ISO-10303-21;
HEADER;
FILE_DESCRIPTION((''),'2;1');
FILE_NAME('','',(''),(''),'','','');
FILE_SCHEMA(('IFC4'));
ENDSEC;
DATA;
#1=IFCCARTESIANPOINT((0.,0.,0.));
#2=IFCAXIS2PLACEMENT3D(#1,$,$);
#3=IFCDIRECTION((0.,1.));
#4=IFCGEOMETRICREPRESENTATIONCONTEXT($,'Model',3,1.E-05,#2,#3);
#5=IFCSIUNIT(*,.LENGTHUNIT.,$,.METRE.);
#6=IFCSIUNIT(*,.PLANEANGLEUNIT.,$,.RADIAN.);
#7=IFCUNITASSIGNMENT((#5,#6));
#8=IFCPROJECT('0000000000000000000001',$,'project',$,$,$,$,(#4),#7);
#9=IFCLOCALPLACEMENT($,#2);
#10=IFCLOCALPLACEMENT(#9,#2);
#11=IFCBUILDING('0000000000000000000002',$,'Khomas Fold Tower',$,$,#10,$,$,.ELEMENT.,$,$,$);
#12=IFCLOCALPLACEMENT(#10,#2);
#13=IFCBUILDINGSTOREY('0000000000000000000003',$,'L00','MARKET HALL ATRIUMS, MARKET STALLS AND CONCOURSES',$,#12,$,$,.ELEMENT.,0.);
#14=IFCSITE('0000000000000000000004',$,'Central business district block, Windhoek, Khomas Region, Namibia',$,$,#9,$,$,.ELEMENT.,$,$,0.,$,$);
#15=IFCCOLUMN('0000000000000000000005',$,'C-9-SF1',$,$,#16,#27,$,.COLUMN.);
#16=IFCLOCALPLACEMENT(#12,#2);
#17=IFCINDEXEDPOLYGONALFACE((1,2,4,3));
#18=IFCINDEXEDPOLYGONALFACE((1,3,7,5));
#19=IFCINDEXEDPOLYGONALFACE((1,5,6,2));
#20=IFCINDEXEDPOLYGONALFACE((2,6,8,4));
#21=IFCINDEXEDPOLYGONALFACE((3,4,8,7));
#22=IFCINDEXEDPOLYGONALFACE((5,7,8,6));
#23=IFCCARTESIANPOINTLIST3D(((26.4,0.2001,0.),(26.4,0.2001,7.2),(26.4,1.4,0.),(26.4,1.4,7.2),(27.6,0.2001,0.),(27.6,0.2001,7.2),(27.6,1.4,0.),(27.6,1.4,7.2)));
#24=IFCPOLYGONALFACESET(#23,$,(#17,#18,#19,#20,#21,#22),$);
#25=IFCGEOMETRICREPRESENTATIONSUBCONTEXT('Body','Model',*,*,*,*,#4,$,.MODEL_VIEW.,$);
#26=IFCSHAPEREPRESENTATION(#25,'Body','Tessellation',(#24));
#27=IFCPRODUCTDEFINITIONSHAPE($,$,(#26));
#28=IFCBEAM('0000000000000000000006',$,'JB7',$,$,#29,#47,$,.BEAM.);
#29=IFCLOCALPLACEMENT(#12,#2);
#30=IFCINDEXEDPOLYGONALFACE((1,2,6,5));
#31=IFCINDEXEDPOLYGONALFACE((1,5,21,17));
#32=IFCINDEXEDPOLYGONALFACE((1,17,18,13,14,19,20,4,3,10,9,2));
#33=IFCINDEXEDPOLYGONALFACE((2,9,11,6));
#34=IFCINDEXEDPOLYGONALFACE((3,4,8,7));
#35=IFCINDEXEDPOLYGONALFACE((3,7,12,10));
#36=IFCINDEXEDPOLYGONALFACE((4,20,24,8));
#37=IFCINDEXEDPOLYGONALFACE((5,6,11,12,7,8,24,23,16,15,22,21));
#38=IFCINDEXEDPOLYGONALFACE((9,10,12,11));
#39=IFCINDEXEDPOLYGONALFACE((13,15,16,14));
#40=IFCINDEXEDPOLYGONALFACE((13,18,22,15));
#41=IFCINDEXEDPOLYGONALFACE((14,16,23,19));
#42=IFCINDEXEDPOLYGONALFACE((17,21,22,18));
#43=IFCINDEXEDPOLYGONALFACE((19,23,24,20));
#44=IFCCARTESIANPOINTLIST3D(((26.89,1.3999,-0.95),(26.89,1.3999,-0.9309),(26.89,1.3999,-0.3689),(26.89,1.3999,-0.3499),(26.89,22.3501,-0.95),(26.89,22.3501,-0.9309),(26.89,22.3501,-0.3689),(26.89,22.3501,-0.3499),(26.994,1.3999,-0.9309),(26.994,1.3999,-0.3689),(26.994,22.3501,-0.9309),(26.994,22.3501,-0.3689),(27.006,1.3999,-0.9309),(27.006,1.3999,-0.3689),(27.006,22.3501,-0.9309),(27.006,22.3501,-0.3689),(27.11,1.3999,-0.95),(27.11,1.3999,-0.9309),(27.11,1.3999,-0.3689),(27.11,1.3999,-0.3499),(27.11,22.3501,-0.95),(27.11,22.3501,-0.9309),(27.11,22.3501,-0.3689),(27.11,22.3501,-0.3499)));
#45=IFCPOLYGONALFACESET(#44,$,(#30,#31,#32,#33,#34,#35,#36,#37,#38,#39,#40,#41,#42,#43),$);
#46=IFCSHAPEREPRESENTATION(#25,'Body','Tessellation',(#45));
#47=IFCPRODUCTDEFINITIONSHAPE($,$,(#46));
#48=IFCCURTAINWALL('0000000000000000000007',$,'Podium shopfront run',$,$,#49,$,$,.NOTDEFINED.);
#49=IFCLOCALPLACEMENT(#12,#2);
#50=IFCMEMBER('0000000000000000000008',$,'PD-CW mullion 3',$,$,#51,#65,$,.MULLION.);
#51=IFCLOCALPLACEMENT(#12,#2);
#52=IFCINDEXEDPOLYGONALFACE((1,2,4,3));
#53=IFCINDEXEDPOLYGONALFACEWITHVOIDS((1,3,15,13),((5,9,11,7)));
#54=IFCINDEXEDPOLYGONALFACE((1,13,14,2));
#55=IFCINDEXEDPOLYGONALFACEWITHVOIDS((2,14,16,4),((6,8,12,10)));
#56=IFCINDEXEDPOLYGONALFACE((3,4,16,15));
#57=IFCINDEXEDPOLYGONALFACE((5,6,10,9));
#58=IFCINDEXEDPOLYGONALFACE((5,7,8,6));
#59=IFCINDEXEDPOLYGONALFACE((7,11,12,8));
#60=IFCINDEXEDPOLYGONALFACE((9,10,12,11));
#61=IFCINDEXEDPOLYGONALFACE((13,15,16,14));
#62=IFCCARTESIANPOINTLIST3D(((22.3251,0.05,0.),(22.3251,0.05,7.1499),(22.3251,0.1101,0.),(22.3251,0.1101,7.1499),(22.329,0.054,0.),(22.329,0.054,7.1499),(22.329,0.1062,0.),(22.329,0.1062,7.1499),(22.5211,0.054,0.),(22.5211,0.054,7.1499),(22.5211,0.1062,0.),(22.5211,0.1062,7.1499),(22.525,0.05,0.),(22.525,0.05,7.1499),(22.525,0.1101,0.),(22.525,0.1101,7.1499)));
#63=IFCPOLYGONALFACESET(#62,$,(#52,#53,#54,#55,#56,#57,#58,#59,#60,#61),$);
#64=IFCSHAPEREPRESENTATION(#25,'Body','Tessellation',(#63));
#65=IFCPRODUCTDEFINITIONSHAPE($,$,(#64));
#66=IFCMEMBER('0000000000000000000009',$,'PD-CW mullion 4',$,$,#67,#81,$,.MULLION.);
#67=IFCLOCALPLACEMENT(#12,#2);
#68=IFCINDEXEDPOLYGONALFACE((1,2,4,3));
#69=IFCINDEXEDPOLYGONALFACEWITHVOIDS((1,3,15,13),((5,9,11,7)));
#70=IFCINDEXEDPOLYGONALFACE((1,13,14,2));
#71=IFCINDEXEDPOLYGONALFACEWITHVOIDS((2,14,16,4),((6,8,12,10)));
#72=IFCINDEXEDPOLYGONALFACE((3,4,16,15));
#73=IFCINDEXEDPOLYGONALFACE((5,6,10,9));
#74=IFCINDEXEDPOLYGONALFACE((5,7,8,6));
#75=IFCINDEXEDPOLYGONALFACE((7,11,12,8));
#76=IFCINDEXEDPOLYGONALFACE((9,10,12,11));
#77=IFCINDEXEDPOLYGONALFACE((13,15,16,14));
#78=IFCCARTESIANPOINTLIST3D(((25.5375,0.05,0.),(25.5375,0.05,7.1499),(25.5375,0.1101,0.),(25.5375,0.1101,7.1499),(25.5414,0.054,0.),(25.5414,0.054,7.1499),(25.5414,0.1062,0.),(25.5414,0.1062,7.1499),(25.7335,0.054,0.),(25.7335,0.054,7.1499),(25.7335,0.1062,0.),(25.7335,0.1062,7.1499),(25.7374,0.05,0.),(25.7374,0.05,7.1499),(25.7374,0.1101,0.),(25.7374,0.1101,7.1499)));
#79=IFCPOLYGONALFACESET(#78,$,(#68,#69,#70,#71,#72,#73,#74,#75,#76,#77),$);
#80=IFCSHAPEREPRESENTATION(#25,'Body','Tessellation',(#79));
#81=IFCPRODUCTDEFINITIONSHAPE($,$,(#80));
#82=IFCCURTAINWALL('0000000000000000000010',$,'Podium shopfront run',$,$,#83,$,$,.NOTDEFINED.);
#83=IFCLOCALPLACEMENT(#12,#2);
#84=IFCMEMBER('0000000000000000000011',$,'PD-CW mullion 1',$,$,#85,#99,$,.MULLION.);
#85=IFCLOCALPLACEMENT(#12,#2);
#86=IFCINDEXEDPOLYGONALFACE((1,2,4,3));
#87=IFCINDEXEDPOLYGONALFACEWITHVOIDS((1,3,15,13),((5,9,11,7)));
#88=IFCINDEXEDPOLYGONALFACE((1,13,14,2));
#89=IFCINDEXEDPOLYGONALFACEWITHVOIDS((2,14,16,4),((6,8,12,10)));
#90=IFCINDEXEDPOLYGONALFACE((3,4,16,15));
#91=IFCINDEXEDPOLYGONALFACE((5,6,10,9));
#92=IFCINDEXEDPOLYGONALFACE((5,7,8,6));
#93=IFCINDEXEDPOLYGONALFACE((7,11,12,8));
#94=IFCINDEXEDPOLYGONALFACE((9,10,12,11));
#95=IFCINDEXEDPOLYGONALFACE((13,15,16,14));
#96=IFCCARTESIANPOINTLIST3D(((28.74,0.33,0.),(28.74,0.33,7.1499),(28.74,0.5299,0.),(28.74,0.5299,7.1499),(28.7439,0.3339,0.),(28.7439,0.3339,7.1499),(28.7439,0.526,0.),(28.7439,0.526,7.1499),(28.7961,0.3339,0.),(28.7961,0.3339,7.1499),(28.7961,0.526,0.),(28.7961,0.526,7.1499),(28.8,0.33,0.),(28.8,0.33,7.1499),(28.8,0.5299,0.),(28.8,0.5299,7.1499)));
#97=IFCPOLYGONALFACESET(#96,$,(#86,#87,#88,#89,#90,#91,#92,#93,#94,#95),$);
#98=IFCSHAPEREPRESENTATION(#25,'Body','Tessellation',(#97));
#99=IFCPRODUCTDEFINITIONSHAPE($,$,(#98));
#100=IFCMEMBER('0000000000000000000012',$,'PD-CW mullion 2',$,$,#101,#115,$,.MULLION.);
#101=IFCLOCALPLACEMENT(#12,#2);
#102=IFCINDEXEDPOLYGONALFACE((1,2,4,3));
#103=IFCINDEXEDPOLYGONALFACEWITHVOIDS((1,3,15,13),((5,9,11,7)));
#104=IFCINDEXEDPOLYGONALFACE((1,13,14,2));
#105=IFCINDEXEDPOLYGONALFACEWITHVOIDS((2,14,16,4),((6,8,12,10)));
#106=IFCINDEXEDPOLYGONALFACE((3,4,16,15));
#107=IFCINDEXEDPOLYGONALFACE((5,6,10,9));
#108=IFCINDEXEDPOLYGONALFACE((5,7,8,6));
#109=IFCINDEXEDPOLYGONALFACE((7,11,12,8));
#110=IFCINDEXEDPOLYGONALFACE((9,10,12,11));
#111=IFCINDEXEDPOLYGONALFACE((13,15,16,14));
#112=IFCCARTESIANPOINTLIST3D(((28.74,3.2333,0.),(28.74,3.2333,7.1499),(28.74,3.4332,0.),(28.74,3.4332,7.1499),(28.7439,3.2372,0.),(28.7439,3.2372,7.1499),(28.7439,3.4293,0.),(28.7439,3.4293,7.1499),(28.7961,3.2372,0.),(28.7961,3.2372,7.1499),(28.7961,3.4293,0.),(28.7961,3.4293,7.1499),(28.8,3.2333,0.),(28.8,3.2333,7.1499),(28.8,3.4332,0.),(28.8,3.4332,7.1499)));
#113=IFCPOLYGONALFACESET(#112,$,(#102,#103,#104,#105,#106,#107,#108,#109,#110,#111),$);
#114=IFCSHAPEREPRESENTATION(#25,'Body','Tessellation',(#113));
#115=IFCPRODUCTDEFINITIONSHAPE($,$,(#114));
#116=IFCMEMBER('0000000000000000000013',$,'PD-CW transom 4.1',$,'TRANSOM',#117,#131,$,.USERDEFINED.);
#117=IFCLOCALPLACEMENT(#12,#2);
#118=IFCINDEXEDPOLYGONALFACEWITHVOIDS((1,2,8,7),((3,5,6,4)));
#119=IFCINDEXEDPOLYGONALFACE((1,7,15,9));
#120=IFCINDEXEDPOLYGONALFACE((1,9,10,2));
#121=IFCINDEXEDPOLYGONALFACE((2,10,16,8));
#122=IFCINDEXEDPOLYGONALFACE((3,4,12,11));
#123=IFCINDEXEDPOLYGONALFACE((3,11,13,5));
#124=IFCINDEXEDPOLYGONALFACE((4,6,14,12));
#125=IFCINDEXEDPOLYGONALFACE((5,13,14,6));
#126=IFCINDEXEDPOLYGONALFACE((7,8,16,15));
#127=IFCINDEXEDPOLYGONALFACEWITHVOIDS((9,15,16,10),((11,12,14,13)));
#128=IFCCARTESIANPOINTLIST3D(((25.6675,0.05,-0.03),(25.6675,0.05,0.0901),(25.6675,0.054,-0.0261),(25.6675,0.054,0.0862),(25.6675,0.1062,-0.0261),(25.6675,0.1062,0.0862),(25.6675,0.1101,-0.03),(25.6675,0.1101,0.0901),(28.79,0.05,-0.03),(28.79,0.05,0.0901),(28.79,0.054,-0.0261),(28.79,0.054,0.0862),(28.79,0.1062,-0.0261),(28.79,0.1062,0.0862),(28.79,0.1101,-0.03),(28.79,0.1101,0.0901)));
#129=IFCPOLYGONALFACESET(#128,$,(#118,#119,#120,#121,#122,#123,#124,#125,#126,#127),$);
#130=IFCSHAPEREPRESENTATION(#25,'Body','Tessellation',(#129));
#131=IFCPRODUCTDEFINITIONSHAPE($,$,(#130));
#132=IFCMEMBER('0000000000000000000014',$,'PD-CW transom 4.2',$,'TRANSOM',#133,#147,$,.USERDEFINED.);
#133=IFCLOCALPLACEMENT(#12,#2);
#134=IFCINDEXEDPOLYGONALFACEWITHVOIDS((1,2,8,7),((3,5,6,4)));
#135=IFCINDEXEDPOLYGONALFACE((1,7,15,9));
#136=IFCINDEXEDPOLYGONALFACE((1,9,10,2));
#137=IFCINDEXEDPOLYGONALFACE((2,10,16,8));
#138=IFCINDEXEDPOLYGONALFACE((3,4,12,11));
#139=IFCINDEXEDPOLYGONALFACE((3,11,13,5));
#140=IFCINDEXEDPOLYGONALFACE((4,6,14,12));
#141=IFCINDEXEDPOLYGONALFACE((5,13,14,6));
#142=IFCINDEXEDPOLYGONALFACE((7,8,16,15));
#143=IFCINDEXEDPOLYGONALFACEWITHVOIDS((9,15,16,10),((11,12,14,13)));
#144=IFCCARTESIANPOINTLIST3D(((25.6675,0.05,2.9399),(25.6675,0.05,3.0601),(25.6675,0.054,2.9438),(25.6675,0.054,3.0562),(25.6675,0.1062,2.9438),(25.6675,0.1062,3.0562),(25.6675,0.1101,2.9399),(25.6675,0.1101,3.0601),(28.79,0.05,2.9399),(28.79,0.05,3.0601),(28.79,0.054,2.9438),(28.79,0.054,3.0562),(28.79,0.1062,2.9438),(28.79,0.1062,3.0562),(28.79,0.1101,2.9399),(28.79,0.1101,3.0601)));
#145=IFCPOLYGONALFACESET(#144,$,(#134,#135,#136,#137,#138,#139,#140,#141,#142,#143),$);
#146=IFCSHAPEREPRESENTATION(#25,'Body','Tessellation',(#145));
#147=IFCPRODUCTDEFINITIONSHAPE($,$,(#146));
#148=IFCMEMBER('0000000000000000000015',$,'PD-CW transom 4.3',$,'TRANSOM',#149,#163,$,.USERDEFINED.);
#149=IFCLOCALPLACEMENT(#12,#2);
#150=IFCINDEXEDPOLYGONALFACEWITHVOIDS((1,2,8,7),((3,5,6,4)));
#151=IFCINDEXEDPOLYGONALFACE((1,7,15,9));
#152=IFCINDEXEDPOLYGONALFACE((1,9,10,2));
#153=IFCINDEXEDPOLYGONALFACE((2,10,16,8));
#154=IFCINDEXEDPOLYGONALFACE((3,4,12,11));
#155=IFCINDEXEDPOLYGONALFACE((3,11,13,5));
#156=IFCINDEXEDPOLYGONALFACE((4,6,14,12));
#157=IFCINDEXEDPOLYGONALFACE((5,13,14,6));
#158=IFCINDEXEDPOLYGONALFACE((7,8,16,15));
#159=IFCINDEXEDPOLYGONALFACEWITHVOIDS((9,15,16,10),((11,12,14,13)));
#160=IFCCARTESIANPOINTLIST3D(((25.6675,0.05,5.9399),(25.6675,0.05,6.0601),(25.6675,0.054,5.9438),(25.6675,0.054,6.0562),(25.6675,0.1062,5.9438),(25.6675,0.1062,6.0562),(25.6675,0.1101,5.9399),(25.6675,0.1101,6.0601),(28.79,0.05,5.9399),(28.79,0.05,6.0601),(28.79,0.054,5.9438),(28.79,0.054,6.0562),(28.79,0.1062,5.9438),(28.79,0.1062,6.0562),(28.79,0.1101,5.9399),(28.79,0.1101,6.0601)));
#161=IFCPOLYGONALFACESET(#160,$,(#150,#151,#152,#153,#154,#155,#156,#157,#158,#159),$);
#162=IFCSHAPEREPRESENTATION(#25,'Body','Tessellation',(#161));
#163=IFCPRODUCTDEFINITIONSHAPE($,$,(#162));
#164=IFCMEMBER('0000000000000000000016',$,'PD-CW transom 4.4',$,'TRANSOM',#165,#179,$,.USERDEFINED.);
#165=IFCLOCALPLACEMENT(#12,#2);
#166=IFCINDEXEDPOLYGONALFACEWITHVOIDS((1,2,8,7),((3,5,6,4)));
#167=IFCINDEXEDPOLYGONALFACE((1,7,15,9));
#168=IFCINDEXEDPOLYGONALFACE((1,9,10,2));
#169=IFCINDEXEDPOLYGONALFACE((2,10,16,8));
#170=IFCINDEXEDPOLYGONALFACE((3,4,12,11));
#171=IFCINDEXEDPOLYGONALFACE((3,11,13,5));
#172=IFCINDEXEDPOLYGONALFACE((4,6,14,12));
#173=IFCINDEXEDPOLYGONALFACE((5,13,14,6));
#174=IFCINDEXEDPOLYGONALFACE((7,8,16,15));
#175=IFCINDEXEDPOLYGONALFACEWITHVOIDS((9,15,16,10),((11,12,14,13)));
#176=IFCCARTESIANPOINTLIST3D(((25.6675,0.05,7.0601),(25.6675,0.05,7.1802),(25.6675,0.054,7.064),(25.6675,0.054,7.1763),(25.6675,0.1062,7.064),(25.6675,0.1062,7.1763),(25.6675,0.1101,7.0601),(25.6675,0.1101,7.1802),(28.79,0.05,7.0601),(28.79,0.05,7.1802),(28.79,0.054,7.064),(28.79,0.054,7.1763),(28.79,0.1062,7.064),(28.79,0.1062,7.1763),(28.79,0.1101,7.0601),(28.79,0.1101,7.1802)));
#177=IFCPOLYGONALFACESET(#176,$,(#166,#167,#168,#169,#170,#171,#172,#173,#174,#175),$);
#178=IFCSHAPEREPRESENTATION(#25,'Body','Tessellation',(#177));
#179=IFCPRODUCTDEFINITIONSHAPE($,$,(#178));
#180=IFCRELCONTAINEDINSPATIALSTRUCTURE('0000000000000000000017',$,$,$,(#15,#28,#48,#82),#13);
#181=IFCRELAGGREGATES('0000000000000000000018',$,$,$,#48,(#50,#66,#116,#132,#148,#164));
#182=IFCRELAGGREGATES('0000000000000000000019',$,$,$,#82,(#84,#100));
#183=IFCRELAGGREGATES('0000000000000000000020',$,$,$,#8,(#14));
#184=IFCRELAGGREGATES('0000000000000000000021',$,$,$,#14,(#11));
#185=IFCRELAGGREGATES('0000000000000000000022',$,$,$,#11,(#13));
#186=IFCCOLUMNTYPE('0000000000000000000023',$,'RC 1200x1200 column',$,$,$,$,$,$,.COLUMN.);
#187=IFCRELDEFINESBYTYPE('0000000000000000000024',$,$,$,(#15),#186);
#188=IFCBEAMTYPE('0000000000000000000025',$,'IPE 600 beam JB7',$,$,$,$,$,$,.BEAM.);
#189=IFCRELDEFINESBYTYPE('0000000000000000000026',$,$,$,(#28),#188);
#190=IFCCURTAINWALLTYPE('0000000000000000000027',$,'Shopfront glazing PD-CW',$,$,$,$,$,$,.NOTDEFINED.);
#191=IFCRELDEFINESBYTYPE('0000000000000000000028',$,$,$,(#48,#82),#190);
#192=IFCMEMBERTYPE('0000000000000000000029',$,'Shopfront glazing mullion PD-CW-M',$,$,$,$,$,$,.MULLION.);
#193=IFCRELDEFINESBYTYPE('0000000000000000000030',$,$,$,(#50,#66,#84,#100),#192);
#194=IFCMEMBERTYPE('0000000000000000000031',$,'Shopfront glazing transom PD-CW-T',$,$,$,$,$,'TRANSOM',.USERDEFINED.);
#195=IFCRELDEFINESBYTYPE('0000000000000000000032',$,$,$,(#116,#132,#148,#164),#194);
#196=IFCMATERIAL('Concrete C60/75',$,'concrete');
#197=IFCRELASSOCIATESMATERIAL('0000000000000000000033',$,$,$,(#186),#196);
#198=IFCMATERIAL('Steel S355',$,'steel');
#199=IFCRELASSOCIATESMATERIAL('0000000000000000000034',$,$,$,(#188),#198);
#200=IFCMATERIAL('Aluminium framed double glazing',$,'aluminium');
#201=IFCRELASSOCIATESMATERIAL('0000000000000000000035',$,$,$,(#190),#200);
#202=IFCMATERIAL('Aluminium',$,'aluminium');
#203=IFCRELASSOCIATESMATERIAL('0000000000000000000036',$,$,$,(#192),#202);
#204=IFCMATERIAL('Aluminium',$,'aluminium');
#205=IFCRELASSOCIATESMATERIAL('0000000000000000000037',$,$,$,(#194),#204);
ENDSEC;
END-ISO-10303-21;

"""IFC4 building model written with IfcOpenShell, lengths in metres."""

from ifc_helpers import new_model, si_unit, direction, frame, origin, origin_2d, place, context, subcontext, project, spatial, rectangle, hollow_rectangle, i_section, extrude, source, transform, mapped, material, material_profile, profile_set, type_object, element, aggregate, save


model = new_model("IFC4")

# Units and contexts
model_context = context("Model", 3, precision=1e-05, world=origin(), true_north=direction((0.0, 1.0)))
body_context = subcontext(model_context, "Body", "Model", "MODEL_VIEW")
ifc_project = project(units=[si_unit("LENGTHUNIT", "METRE"), si_unit("PLANEANGLEUNIT", "RADIAN")], contexts=[model_context])

# Site, building, storey
site_placement = place(None, origin())
site = spatial("IfcSite", under=ifc_project, at=site_placement, Name="Central business district block, Windhoek, Khomas Region, Namibia", CompositionType="ELEMENT", RefElevation=0.0)
building_placement = place(site_placement, origin())
building = spatial("IfcBuilding", under=site, at=building_placement, Name="Khomas Fold Tower", CompositionType="ELEMENT")
storey_placement = place(building_placement, origin())
storey = spatial("IfcBuildingStorey", under=building, at=storey_placement, Name="L00", Description="MARKET HALL ATRIUMS, MARKET STALLS AND CONCOURSES", CompositionType="ELEMENT", Elevation=0.0)

# Column
ifc_material_1 = material(Name="Concrete C60/75", Category="concrete")
ifc_material_profile_1 = material_profile(ifc_material_1, rectangle(XDim=1.2, YDim=1.2, at=origin_2d()), Name="RC 1200x1200")
ifc_profile_set_1 = profile_set([ifc_material_profile_1], Name="Concrete C60/75")
column_type = type_object("IfcColumnType", Name="RC 1200x1200 column", PredefinedType="COLUMN", material=ifc_profile_set_1)
shared_shape_1 = source(origin(), body_context, "Body", "SweptSolid", [
    extrude(rectangle(XDim=1.2, YDim=1.2, at=origin_2d()), origin(), (0.0, 0.0, 1.0), 7.2),
])
column_placement = place(storey_placement, frame((27.0, 0.8, 0.0), z_axis=(0.0, 0.0, 1.0), x_axis=(1.0, 0.0, 0.0)))
element("IfcColumn", 1, at=column_placement, inside=storey, type_object=column_type, Name="C-9-SF1", PredefinedType="COLUMN", context=body_context, shape_type="MappedRepresentation", body=[
    mapped(shared_shape_1, transform((0.0, 0.0, 0.0))),
])

# Beam
ifc_material_2 = material(Name="Steel S355", Category="steel")
ifc_material_profile_2 = material_profile(ifc_material_2, i_section(OverallWidth=0.22, OverallDepth=0.6001, WebThickness=0.012, FlangeThickness=0.019, at=origin_2d()), Name="IPE 600")
ifc_profile_set_2 = profile_set([ifc_material_profile_2], Name="Steel S355")
beam_type = type_object("IfcBeamType", Name="IPE 600 beam JB7", PredefinedType="BEAM", material=ifc_profile_set_2)
shared_shape_2 = source(origin(), body_context, "Body", "SweptSolid", [
    extrude(i_section(OverallWidth=0.22, OverallDepth=0.6001, WebThickness=0.012, FlangeThickness=0.019, at=origin_2d()), origin(), (0.0, 0.0, 1.0), 20.9502),
])
beam_placement = place(storey_placement, frame((27.0, 1.3999, -0.6499), z_axis=(0.0, 1.0, 0.0), x_axis=(-1.0, 0.0, 0.0)))
element("IfcBeam", 2, at=beam_placement, inside=storey, type_object=beam_type, Name="JB7", PredefinedType="BEAM", context=body_context, shape_type="MappedRepresentation", body=[
    mapped(shared_shape_2, transform((0.0, 0.0, 0.0))),
])

# Curtain walls, members
ifc_material_3 = material(Name="Aluminium framed double glazing", Category="aluminium")
curtain_wall_type = type_object("IfcCurtainWallType", Name="Shopfront glazing PD-CW", PredefinedType="NOTDEFINED", material=ifc_material_3)
curtain_wall_1_placement = place(storey_placement, origin())
curtain_wall_1 = element("IfcCurtainWall", 3, at=curtain_wall_1_placement, inside=storey, type_object=curtain_wall_type, Name="Podium shopfront run", PredefinedType="NOTDEFINED")
ifc_material_4 = material(Name="Aluminium", Category="aluminium")
ifc_material_profile_3 = material_profile(ifc_material_4, hollow_rectangle(XDim=0.0601, YDim=0.2, WallThickness=0.0039, at=origin_2d()), Name="Shopfront glazing mullion PD-CW-M")
ifc_profile_set_3 = profile_set([ifc_material_profile_3], Name="Aluminium")
member_type_1 = type_object("IfcMemberType", Name="Shopfront glazing mullion PD-CW-M", PredefinedType="MULLION", material=ifc_profile_set_3)
shared_shape_3 = source(origin(), body_context, "Body", "SweptSolid", [
    extrude(hollow_rectangle(XDim=0.0601, YDim=0.2, WallThickness=0.0039, at=origin_2d()), origin(), (0.0, 0.0, 1.0), 7.1499),
])
member_1_placement = place(storey_placement, frame((22.425, 0.0801, 0.0), z_axis=(0.0, 0.0, 1.0), x_axis=(0.0, 1.0, 0.0)))
member_1 = element("IfcMember", 4, at=member_1_placement, type_object=member_type_1, Name="PD-CW mullion 3", PredefinedType="MULLION", context=body_context, shape_type="MappedRepresentation", body=[
    mapped(shared_shape_3, transform((0.0, 0.0, 0.0))),
])
member_2_placement = place(storey_placement, frame((25.6375, 0.0801, 0.0), z_axis=(0.0, 0.0, 1.0), x_axis=(0.0, 1.0, 0.0)))
member_2 = element("IfcMember", 5, at=member_2_placement, type_object=member_type_1, Name="PD-CW mullion 4", PredefinedType="MULLION", context=body_context, shape_type="MappedRepresentation", body=[
    mapped(shared_shape_3, transform((0.0, 0.0, 0.0))),
])
curtain_wall_2_placement = place(storey_placement, origin())
curtain_wall_2 = element("IfcCurtainWall", 6, at=curtain_wall_2_placement, inside=storey, type_object=curtain_wall_type, Name="Podium shopfront run", PredefinedType="NOTDEFINED")
member_3_placement = place(storey_placement, frame((28.77, 0.4299, 0.0), z_axis=(0.0, 0.0, 1.0), x_axis=(-1.0, 0.0, 0.0)))
member_3 = element("IfcMember", 7, at=member_3_placement, type_object=member_type_1, Name="PD-CW mullion 1", PredefinedType="MULLION", context=body_context, shape_type="MappedRepresentation", body=[
    mapped(shared_shape_3, transform((0.0, 0.0, 0.0))),
])
member_4_placement = place(storey_placement, frame((28.77, 3.3333, 0.0), z_axis=(0.0, 0.0, 1.0), x_axis=(-1.0, 0.0, 0.0)))
member_4 = element("IfcMember", 8, at=member_4_placement, type_object=member_type_1, Name="PD-CW mullion 2", PredefinedType="MULLION", context=body_context, shape_type="MappedRepresentation", body=[
    mapped(shared_shape_3, transform((0.0, 0.0, 0.0))),
])

# Members
ifc_material_5 = material(Name="Aluminium", Category="aluminium")
ifc_material_profile_4 = material_profile(ifc_material_5, hollow_rectangle(XDim=0.0601, YDim=0.1201, WallThickness=0.0039, at=origin_2d()), Name="Shopfront glazing transom PD-CW-T")
ifc_profile_set_4 = profile_set([ifc_material_profile_4], Name="Aluminium")
member_type_2 = type_object("IfcMemberType", Name="Shopfront glazing transom PD-CW-T", ElementType="TRANSOM", PredefinedType="USERDEFINED", material=ifc_profile_set_4)
shared_shape_4 = source(origin(), body_context, "Body", "SweptSolid", [
    extrude(hollow_rectangle(XDim=0.0601, YDim=0.1201, WallThickness=0.0039, at=origin_2d()), origin(), (0.0, 0.0, 1.0), 3.1226),
])
member_5_placement = place(storey_placement, frame((25.6675, 0.0801, 0.03), z_axis=(1.0, 0.0, 0.0), x_axis=(0.0, 1.0, 0.0)))
member_5 = element("IfcMember", 9, at=member_5_placement, type_object=member_type_2, Name="PD-CW transom 4.1", ObjectType="TRANSOM", PredefinedType="USERDEFINED", context=body_context, shape_type="MappedRepresentation", body=[
    mapped(shared_shape_4, transform((0.0, 0.0, 0.0))),
])
member_6_placement = place(storey_placement, frame((25.6675, 0.0801, 3.0), z_axis=(1.0, 0.0, 0.0), x_axis=(0.0, 1.0, 0.0)))
member_6 = element("IfcMember", 10, at=member_6_placement, type_object=member_type_2, Name="PD-CW transom 4.2", ObjectType="TRANSOM", PredefinedType="USERDEFINED", context=body_context, shape_type="MappedRepresentation", body=[
    mapped(shared_shape_4, transform((0.0, 0.0, 0.0))),
])
member_7_placement = place(storey_placement, frame((25.6675, 0.0801, 6.0), z_axis=(1.0, 0.0, 0.0), x_axis=(0.0, 1.0, 0.0)))
member_7 = element("IfcMember", 11, at=member_7_placement, type_object=member_type_2, Name="PD-CW transom 4.3", ObjectType="TRANSOM", PredefinedType="USERDEFINED", context=body_context, shape_type="MappedRepresentation", body=[
    mapped(shared_shape_4, transform((0.0, 0.0, 0.0))),
])
member_8_placement = place(storey_placement, frame((25.6675, 0.0801, 7.1201), z_axis=(1.0, 0.0, 0.0), x_axis=(0.0, 1.0, 0.0)))
member_8 = element("IfcMember", 12, at=member_8_placement, type_object=member_type_2, Name="PD-CW transom 4.4", ObjectType="TRANSOM", PredefinedType="USERDEFINED", context=body_context, shape_type="MappedRepresentation", body=[
    mapped(shared_shape_4, transform((0.0, 0.0, 0.0))),
])

aggregate(curtain_wall_1, [member_1, member_2, member_5, member_6, member_7, member_8])
aggregate(curtain_wall_2, [member_3, member_4])

save(model, "model.ifc")
